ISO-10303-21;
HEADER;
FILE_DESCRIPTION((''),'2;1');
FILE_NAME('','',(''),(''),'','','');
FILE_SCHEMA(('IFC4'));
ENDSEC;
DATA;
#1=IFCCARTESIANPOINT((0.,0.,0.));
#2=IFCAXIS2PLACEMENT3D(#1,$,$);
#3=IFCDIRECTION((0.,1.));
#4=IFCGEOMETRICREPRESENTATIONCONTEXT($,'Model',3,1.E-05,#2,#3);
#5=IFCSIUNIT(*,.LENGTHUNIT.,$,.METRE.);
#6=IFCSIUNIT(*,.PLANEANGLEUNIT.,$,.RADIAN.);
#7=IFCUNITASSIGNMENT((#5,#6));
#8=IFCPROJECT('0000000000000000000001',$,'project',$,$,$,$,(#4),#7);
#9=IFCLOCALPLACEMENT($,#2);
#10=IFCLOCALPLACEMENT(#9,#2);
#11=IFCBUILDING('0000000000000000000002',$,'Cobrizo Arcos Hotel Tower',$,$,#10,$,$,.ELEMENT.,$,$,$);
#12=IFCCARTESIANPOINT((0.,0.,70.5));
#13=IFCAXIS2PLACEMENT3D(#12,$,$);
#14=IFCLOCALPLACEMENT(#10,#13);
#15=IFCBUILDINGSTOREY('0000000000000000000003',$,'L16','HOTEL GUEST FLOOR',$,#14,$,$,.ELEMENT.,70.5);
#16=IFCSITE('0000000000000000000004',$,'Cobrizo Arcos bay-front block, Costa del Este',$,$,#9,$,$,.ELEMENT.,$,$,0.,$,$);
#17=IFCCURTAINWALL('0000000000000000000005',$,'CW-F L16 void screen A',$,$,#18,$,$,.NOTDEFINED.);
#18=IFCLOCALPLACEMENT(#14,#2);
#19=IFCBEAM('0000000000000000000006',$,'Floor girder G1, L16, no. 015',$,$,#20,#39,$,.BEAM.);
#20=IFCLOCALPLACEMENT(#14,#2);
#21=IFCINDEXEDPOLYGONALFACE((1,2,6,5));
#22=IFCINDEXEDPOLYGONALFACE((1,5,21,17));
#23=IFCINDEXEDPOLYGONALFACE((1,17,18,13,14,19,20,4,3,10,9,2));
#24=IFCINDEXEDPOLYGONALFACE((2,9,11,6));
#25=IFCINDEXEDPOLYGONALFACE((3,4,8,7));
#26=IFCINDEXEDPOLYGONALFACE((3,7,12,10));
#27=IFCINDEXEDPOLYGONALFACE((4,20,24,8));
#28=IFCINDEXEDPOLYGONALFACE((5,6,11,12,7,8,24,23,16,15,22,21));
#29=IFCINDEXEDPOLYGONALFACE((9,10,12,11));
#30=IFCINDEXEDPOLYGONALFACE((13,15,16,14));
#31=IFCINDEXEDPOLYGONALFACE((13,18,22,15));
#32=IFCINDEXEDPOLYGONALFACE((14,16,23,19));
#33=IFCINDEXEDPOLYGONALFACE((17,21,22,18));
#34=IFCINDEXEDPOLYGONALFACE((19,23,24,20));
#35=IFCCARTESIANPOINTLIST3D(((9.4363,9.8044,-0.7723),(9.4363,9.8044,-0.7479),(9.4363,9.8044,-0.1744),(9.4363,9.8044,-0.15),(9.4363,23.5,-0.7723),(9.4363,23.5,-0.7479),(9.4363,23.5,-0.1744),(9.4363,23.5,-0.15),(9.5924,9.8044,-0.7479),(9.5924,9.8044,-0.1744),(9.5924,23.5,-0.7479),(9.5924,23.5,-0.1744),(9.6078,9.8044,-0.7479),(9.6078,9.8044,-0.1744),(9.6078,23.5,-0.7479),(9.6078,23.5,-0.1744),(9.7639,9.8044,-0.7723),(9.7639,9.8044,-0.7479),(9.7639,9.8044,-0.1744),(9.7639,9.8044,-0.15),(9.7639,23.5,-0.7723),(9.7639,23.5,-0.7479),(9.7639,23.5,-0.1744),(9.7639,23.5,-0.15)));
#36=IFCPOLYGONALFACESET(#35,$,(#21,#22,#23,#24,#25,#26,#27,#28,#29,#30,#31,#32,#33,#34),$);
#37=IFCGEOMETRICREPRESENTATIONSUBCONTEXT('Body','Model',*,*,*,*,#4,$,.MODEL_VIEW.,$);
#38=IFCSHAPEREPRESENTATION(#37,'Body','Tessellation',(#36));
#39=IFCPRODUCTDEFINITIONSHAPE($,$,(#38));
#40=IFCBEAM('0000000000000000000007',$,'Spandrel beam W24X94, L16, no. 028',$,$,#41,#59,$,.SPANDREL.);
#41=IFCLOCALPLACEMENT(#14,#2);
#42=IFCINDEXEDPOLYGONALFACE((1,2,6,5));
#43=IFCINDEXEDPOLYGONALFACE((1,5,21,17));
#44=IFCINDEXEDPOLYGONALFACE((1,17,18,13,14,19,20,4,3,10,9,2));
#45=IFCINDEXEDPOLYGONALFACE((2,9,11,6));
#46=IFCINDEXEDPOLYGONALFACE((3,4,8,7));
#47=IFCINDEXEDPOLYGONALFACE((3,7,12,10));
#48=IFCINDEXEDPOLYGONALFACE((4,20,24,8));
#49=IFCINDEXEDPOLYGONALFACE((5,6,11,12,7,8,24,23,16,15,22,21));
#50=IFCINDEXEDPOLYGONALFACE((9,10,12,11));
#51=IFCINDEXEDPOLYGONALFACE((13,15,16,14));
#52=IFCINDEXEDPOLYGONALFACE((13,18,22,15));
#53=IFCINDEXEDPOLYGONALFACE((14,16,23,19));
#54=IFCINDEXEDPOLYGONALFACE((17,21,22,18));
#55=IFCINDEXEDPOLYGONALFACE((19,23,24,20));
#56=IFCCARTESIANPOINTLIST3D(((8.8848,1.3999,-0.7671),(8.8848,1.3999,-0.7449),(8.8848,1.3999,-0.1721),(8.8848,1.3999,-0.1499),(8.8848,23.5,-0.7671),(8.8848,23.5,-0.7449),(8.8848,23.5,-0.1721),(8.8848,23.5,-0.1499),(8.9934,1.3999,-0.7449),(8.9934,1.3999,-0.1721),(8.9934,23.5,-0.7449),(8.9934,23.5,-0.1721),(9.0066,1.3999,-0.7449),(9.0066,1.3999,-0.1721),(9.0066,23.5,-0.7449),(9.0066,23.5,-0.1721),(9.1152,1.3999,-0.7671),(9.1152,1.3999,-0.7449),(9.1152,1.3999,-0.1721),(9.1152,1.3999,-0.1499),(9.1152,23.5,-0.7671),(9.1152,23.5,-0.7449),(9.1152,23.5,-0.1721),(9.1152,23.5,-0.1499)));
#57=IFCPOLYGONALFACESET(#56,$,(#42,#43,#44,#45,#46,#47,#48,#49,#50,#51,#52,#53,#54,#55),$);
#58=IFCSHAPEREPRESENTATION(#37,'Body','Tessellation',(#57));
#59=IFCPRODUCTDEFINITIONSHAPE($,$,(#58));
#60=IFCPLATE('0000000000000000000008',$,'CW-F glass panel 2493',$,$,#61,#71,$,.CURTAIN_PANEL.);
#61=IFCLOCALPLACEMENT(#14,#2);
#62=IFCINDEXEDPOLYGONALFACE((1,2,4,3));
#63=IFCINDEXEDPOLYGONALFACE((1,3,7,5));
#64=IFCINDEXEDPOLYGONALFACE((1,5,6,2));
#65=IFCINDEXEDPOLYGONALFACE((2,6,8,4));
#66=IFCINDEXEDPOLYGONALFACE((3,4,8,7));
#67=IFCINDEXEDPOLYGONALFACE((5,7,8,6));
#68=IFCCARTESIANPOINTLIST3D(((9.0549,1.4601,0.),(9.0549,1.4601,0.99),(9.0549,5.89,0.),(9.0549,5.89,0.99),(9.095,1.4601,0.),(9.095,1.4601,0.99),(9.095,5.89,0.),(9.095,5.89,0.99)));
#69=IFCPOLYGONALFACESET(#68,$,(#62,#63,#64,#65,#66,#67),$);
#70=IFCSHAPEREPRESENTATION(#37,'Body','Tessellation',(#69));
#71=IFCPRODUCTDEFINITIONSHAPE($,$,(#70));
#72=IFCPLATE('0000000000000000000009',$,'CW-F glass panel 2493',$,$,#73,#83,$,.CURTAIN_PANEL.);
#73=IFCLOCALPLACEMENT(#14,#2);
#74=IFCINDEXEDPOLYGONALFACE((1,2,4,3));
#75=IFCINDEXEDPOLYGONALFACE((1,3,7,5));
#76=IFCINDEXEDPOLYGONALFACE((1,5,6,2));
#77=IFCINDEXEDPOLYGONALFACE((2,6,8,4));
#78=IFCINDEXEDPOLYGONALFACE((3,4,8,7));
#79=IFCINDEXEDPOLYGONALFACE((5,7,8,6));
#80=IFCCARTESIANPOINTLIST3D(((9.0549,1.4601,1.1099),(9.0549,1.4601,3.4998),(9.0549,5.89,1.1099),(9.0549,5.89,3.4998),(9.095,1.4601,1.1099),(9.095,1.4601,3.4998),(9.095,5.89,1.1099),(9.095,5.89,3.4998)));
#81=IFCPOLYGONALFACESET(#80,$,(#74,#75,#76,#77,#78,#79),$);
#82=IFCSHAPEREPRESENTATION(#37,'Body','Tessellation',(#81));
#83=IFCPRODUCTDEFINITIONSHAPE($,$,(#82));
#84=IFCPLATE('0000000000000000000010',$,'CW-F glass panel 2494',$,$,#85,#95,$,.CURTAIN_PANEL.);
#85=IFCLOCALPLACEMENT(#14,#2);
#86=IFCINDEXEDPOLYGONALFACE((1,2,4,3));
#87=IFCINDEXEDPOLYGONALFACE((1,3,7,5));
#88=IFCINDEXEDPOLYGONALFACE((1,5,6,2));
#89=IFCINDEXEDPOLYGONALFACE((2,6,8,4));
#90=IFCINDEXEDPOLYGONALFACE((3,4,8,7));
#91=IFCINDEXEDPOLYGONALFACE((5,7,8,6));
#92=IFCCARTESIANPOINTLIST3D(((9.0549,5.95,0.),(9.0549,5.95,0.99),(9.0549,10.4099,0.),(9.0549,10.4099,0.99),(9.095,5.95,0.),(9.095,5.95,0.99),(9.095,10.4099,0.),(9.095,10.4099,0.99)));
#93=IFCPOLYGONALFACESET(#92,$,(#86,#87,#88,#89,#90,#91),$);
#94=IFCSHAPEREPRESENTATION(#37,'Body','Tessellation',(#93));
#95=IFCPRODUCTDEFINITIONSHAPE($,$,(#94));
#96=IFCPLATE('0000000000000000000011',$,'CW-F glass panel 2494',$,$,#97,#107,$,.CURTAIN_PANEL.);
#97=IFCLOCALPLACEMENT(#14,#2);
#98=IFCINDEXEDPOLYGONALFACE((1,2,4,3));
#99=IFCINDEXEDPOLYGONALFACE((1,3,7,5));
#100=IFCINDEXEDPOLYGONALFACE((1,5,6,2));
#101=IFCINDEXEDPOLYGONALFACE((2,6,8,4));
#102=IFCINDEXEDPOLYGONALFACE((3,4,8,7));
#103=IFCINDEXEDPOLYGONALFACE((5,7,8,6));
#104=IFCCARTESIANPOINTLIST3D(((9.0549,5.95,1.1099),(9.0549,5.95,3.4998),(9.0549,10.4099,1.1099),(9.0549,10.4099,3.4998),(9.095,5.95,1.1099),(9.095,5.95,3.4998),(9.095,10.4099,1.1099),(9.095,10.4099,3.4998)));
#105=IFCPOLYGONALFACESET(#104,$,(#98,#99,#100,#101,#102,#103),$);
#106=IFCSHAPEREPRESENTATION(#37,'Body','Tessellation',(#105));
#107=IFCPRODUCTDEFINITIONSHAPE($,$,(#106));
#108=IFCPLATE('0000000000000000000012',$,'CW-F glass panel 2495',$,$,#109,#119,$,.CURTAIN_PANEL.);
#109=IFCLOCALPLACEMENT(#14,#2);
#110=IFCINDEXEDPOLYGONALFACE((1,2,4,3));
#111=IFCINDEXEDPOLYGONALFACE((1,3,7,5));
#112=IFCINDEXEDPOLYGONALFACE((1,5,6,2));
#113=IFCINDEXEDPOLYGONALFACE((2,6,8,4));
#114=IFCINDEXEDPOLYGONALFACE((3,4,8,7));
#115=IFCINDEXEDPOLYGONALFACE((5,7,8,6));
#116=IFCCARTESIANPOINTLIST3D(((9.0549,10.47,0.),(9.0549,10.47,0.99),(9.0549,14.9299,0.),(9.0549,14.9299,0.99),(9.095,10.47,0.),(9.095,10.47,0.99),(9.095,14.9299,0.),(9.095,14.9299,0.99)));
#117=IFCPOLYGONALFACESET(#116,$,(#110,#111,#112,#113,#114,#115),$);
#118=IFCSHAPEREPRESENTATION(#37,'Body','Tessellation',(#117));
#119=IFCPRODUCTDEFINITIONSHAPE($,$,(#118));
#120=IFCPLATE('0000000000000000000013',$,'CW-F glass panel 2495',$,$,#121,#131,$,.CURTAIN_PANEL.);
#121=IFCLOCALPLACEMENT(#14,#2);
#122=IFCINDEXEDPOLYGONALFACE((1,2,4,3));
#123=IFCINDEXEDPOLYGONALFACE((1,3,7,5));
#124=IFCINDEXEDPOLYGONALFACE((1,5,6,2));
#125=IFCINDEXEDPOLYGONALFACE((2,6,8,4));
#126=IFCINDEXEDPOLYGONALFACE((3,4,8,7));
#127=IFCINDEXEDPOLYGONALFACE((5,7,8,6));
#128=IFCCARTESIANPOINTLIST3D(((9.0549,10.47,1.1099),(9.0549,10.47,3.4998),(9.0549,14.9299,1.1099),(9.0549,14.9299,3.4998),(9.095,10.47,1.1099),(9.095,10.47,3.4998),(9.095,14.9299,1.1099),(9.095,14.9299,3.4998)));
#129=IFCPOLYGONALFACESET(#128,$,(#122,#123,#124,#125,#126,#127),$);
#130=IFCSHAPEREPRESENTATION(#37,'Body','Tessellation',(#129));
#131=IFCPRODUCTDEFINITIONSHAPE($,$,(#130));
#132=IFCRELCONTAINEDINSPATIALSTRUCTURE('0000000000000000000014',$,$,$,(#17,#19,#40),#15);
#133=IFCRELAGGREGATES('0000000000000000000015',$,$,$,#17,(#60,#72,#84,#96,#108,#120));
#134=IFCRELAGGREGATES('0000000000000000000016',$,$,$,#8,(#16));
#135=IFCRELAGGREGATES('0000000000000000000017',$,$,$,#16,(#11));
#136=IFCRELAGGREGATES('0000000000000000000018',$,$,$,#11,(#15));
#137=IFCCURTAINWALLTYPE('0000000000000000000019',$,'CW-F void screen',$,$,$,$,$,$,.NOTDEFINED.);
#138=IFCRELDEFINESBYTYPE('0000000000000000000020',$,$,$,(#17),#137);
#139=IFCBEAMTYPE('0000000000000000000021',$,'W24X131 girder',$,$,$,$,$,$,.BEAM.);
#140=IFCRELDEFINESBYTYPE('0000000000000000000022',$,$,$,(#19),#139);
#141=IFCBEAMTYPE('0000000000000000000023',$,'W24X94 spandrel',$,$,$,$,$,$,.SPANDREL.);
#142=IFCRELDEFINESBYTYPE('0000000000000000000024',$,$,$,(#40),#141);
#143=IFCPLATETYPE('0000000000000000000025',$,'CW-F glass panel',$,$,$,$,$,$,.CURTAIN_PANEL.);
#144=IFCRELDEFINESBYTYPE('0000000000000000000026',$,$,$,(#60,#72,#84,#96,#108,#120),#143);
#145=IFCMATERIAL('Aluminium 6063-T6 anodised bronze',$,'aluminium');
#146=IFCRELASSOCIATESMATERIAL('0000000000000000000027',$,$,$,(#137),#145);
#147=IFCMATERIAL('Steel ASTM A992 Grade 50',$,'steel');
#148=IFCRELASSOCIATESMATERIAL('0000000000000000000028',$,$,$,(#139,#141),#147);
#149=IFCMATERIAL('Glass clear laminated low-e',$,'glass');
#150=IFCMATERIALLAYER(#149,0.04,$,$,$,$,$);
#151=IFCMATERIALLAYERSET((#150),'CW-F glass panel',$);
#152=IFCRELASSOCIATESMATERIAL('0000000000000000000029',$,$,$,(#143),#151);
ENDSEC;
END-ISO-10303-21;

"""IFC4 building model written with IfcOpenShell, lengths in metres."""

from ifc_helpers import new_model, si_unit, direction, frame, origin, origin_2d, place, context, subcontext, project, spatial, rectangle, i_section, extrude, material, layer, layer_set, material_profile, profile_set, type_object, element, aggregate, save


model = new_model("IFC4")

# Units and contexts
model_context = context("Model", 3, precision=1e-05, world=origin(), true_north=direction((0.0, 1.0)))
body_context = subcontext(model_context, "Body", "Model", "MODEL_VIEW")
ifc_project = project(units=[si_unit("LENGTHUNIT", "METRE"), si_unit("PLANEANGLEUNIT", "RADIAN")], contexts=[model_context])

# Site, building, storey
site_placement = place(None, origin())
site = spatial("IfcSite", under=ifc_project, at=site_placement, Name="Cobrizo Arcos bay-front block, Costa del Este", CompositionType="ELEMENT", RefElevation=0.0)
building_placement = place(site_placement, origin())
building = spatial("IfcBuilding", under=site, at=building_placement, Name="Cobrizo Arcos Hotel Tower", CompositionType="ELEMENT")
storey_placement = place(building_placement, frame((0.0, 0.0, 70.5)))
storey = spatial("IfcBuildingStorey", under=building, at=storey_placement, Name="L16", Description="HOTEL GUEST FLOOR", CompositionType="ELEMENT", Elevation=70.5)

# Shared definitions
ifc_material_1 = material(Name="Steel ASTM A992 Grade 50", Category="steel")

# Curtain wall
ifc_material_2 = material(Name="Aluminium 6063-T6 anodised bronze", Category="aluminium")
curtain_wall_type = type_object("IfcCurtainWallType", Name="CW-F void screen", PredefinedType="NOTDEFINED", material=ifc_material_2)
curtain_wall_placement = place(storey_placement, origin())
curtain_wall = element("IfcCurtainWall", 1, at=curtain_wall_placement, inside=storey, type_object=curtain_wall_type, Name="CW-F L16 void screen A", PredefinedType="NOTDEFINED")

# Beams
ifc_material_profile_1 = material_profile(ifc_material_1, i_section(OverallWidth=0.3276, OverallDepth=0.6223, WebThickness=0.0154, FlangeThickness=0.0244, at=origin_2d()), Name="W24X131")
ifc_profile_set_1 = profile_set([ifc_material_profile_1], Name="Steel ASTM A992 Grade 50")
beam_type_1 = type_object("IfcBeamType", Name="W24X131 girder", PredefinedType="BEAM", material=ifc_profile_set_1)
beam_1_placement = place(storey_placement, frame((9.6001, 9.8044, -0.4612), z_axis=(0.0, 1.0, 0.0), x_axis=(-1.0, 0.0, 0.0)))
element("IfcBeam", 2, at=beam_1_placement, inside=storey, type_object=beam_type_1, Name="Floor girder G1, L16, no. 015", PredefinedType="BEAM", context=body_context, shape_type="SweptSolid", body=[
    extrude(i_section(OverallWidth=0.3276, OverallDepth=0.6223, WebThickness=0.0154, FlangeThickness=0.0244, at=origin_2d()), origin(), (0.0, 0.0, 1.0), 13.6956),
])
ifc_material_profile_2 = material_profile(ifc_material_1, i_section(OverallWidth=0.2305, OverallDepth=0.6172, WebThickness=0.0132, FlangeThickness=0.0222, at=origin_2d()), Name="W24X94")
ifc_profile_set_2 = profile_set([ifc_material_profile_2], Name="Steel ASTM A992 Grade 50")
beam_type_2 = type_object("IfcBeamType", Name="W24X94 spandrel", PredefinedType="SPANDREL", material=ifc_profile_set_2)
beam_2_placement = place(storey_placement, frame((9.0, 1.3999, -0.4585), z_axis=(0.0, 1.0, 0.0), x_axis=(-1.0, 0.0, 0.0)))
element("IfcBeam", 3, at=beam_2_placement, inside=storey, type_object=beam_type_2, Name="Spandrel beam W24X94, L16, no. 028", PredefinedType="SPANDREL", context=body_context, shape_type="SweptSolid", body=[
    extrude(i_section(OverallWidth=0.2305, OverallDepth=0.6172, WebThickness=0.0132, FlangeThickness=0.0222, at=origin_2d()), origin(), (0.0, 0.0, 1.0), 22.1001),
])

# Plates
ifc_material_3 = material(Name="Glass clear laminated low-e", Category="glass")
ifc_layer_1 = layer(ifc_material_3, 0.04)
ifc_layer_set_1 = layer_set([ifc_layer_1], Name="CW-F glass panel")
plate_type = type_object("IfcPlateType", Name="CW-F glass panel", PredefinedType="CURTAIN_PANEL", material=ifc_layer_set_1)
plate_1_placement = place(storey_placement, frame((9.075, 3.675, 0.0), z_axis=(0.0, 0.0, 1.0), x_axis=(0.0, 1.0, 0.0)))
plate_1 = element("IfcPlate", 4, at=plate_1_placement, type_object=plate_type, Name="CW-F glass panel 2493", PredefinedType="CURTAIN_PANEL", context=body_context, shape_type="SweptSolid", body=[
    extrude(rectangle(XDim=4.4299, YDim=0.04, at=origin_2d()), origin(), (0.0, 0.0, 1.0), 0.99),
])
plate_2_placement = place(storey_placement, frame((9.075, 3.675, 1.1099), z_axis=(0.0, 0.0, 1.0), x_axis=(0.0, 1.0, 0.0)))
plate_2 = element("IfcPlate", 5, at=plate_2_placement, type_object=plate_type, Name="CW-F glass panel 2493", PredefinedType="CURTAIN_PANEL", context=body_context, shape_type="SweptSolid", body=[
    extrude(rectangle(XDim=4.4299, YDim=0.04, at=origin_2d()), origin(), (0.0, 0.0, 1.0), 2.3899),
])
plate_3_placement = place(storey_placement, frame((9.075, 8.1799, 0.0), z_axis=(0.0, 0.0, 1.0), x_axis=(0.0, 1.0, 0.0)))
plate_3 = element("IfcPlate", 6, at=plate_3_placement, type_object=plate_type, Name="CW-F glass panel 2494", PredefinedType="CURTAIN_PANEL", context=body_context, shape_type="SweptSolid", body=[
    extrude(rectangle(XDim=4.46, YDim=0.04, at=origin_2d()), origin(), (0.0, 0.0, 1.0), 0.99),
])
plate_4_placement = place(storey_placement, frame((9.075, 8.1799, 1.1099), z_axis=(0.0, 0.0, 1.0), x_axis=(0.0, 1.0, 0.0)))
plate_4 = element("IfcPlate", 7, at=plate_4_placement, type_object=plate_type, Name="CW-F glass panel 2494", PredefinedType="CURTAIN_PANEL", context=body_context, shape_type="SweptSolid", body=[
    extrude(rectangle(XDim=4.46, YDim=0.04, at=origin_2d()), origin(), (0.0, 0.0, 1.0), 2.3899),
])
plate_5_placement = place(storey_placement, frame((9.075, 12.7, 0.0), z_axis=(0.0, 0.0, 1.0), x_axis=(0.0, 1.0, 0.0)))
plate_5 = element("IfcPlate", 8, at=plate_5_placement, type_object=plate_type, Name="CW-F glass panel 2495", PredefinedType="CURTAIN_PANEL", context=body_context, shape_type="SweptSolid", body=[
    extrude(rectangle(XDim=4.46, YDim=0.04, at=origin_2d()), origin(), (0.0, 0.0, 1.0), 0.99),
])
plate_6_placement = place(storey_placement, frame((9.075, 12.7, 1.1099), z_axis=(0.0, 0.0, 1.0), x_axis=(0.0, 1.0, 0.0)))
plate_6 = element("IfcPlate", 9, at=plate_6_placement, type_object=plate_type, Name="CW-F glass panel 2495", PredefinedType="CURTAIN_PANEL", context=body_context, shape_type="SweptSolid", body=[
    extrude(rectangle(XDim=4.46, YDim=0.04, at=origin_2d()), origin(), (0.0, 0.0, 1.0), 2.3899),
])
aggregate(curtain_wall, [plate_1, plate_2, plate_3, plate_4, plate_5, plate_6])

save(model, "model.ifc")
